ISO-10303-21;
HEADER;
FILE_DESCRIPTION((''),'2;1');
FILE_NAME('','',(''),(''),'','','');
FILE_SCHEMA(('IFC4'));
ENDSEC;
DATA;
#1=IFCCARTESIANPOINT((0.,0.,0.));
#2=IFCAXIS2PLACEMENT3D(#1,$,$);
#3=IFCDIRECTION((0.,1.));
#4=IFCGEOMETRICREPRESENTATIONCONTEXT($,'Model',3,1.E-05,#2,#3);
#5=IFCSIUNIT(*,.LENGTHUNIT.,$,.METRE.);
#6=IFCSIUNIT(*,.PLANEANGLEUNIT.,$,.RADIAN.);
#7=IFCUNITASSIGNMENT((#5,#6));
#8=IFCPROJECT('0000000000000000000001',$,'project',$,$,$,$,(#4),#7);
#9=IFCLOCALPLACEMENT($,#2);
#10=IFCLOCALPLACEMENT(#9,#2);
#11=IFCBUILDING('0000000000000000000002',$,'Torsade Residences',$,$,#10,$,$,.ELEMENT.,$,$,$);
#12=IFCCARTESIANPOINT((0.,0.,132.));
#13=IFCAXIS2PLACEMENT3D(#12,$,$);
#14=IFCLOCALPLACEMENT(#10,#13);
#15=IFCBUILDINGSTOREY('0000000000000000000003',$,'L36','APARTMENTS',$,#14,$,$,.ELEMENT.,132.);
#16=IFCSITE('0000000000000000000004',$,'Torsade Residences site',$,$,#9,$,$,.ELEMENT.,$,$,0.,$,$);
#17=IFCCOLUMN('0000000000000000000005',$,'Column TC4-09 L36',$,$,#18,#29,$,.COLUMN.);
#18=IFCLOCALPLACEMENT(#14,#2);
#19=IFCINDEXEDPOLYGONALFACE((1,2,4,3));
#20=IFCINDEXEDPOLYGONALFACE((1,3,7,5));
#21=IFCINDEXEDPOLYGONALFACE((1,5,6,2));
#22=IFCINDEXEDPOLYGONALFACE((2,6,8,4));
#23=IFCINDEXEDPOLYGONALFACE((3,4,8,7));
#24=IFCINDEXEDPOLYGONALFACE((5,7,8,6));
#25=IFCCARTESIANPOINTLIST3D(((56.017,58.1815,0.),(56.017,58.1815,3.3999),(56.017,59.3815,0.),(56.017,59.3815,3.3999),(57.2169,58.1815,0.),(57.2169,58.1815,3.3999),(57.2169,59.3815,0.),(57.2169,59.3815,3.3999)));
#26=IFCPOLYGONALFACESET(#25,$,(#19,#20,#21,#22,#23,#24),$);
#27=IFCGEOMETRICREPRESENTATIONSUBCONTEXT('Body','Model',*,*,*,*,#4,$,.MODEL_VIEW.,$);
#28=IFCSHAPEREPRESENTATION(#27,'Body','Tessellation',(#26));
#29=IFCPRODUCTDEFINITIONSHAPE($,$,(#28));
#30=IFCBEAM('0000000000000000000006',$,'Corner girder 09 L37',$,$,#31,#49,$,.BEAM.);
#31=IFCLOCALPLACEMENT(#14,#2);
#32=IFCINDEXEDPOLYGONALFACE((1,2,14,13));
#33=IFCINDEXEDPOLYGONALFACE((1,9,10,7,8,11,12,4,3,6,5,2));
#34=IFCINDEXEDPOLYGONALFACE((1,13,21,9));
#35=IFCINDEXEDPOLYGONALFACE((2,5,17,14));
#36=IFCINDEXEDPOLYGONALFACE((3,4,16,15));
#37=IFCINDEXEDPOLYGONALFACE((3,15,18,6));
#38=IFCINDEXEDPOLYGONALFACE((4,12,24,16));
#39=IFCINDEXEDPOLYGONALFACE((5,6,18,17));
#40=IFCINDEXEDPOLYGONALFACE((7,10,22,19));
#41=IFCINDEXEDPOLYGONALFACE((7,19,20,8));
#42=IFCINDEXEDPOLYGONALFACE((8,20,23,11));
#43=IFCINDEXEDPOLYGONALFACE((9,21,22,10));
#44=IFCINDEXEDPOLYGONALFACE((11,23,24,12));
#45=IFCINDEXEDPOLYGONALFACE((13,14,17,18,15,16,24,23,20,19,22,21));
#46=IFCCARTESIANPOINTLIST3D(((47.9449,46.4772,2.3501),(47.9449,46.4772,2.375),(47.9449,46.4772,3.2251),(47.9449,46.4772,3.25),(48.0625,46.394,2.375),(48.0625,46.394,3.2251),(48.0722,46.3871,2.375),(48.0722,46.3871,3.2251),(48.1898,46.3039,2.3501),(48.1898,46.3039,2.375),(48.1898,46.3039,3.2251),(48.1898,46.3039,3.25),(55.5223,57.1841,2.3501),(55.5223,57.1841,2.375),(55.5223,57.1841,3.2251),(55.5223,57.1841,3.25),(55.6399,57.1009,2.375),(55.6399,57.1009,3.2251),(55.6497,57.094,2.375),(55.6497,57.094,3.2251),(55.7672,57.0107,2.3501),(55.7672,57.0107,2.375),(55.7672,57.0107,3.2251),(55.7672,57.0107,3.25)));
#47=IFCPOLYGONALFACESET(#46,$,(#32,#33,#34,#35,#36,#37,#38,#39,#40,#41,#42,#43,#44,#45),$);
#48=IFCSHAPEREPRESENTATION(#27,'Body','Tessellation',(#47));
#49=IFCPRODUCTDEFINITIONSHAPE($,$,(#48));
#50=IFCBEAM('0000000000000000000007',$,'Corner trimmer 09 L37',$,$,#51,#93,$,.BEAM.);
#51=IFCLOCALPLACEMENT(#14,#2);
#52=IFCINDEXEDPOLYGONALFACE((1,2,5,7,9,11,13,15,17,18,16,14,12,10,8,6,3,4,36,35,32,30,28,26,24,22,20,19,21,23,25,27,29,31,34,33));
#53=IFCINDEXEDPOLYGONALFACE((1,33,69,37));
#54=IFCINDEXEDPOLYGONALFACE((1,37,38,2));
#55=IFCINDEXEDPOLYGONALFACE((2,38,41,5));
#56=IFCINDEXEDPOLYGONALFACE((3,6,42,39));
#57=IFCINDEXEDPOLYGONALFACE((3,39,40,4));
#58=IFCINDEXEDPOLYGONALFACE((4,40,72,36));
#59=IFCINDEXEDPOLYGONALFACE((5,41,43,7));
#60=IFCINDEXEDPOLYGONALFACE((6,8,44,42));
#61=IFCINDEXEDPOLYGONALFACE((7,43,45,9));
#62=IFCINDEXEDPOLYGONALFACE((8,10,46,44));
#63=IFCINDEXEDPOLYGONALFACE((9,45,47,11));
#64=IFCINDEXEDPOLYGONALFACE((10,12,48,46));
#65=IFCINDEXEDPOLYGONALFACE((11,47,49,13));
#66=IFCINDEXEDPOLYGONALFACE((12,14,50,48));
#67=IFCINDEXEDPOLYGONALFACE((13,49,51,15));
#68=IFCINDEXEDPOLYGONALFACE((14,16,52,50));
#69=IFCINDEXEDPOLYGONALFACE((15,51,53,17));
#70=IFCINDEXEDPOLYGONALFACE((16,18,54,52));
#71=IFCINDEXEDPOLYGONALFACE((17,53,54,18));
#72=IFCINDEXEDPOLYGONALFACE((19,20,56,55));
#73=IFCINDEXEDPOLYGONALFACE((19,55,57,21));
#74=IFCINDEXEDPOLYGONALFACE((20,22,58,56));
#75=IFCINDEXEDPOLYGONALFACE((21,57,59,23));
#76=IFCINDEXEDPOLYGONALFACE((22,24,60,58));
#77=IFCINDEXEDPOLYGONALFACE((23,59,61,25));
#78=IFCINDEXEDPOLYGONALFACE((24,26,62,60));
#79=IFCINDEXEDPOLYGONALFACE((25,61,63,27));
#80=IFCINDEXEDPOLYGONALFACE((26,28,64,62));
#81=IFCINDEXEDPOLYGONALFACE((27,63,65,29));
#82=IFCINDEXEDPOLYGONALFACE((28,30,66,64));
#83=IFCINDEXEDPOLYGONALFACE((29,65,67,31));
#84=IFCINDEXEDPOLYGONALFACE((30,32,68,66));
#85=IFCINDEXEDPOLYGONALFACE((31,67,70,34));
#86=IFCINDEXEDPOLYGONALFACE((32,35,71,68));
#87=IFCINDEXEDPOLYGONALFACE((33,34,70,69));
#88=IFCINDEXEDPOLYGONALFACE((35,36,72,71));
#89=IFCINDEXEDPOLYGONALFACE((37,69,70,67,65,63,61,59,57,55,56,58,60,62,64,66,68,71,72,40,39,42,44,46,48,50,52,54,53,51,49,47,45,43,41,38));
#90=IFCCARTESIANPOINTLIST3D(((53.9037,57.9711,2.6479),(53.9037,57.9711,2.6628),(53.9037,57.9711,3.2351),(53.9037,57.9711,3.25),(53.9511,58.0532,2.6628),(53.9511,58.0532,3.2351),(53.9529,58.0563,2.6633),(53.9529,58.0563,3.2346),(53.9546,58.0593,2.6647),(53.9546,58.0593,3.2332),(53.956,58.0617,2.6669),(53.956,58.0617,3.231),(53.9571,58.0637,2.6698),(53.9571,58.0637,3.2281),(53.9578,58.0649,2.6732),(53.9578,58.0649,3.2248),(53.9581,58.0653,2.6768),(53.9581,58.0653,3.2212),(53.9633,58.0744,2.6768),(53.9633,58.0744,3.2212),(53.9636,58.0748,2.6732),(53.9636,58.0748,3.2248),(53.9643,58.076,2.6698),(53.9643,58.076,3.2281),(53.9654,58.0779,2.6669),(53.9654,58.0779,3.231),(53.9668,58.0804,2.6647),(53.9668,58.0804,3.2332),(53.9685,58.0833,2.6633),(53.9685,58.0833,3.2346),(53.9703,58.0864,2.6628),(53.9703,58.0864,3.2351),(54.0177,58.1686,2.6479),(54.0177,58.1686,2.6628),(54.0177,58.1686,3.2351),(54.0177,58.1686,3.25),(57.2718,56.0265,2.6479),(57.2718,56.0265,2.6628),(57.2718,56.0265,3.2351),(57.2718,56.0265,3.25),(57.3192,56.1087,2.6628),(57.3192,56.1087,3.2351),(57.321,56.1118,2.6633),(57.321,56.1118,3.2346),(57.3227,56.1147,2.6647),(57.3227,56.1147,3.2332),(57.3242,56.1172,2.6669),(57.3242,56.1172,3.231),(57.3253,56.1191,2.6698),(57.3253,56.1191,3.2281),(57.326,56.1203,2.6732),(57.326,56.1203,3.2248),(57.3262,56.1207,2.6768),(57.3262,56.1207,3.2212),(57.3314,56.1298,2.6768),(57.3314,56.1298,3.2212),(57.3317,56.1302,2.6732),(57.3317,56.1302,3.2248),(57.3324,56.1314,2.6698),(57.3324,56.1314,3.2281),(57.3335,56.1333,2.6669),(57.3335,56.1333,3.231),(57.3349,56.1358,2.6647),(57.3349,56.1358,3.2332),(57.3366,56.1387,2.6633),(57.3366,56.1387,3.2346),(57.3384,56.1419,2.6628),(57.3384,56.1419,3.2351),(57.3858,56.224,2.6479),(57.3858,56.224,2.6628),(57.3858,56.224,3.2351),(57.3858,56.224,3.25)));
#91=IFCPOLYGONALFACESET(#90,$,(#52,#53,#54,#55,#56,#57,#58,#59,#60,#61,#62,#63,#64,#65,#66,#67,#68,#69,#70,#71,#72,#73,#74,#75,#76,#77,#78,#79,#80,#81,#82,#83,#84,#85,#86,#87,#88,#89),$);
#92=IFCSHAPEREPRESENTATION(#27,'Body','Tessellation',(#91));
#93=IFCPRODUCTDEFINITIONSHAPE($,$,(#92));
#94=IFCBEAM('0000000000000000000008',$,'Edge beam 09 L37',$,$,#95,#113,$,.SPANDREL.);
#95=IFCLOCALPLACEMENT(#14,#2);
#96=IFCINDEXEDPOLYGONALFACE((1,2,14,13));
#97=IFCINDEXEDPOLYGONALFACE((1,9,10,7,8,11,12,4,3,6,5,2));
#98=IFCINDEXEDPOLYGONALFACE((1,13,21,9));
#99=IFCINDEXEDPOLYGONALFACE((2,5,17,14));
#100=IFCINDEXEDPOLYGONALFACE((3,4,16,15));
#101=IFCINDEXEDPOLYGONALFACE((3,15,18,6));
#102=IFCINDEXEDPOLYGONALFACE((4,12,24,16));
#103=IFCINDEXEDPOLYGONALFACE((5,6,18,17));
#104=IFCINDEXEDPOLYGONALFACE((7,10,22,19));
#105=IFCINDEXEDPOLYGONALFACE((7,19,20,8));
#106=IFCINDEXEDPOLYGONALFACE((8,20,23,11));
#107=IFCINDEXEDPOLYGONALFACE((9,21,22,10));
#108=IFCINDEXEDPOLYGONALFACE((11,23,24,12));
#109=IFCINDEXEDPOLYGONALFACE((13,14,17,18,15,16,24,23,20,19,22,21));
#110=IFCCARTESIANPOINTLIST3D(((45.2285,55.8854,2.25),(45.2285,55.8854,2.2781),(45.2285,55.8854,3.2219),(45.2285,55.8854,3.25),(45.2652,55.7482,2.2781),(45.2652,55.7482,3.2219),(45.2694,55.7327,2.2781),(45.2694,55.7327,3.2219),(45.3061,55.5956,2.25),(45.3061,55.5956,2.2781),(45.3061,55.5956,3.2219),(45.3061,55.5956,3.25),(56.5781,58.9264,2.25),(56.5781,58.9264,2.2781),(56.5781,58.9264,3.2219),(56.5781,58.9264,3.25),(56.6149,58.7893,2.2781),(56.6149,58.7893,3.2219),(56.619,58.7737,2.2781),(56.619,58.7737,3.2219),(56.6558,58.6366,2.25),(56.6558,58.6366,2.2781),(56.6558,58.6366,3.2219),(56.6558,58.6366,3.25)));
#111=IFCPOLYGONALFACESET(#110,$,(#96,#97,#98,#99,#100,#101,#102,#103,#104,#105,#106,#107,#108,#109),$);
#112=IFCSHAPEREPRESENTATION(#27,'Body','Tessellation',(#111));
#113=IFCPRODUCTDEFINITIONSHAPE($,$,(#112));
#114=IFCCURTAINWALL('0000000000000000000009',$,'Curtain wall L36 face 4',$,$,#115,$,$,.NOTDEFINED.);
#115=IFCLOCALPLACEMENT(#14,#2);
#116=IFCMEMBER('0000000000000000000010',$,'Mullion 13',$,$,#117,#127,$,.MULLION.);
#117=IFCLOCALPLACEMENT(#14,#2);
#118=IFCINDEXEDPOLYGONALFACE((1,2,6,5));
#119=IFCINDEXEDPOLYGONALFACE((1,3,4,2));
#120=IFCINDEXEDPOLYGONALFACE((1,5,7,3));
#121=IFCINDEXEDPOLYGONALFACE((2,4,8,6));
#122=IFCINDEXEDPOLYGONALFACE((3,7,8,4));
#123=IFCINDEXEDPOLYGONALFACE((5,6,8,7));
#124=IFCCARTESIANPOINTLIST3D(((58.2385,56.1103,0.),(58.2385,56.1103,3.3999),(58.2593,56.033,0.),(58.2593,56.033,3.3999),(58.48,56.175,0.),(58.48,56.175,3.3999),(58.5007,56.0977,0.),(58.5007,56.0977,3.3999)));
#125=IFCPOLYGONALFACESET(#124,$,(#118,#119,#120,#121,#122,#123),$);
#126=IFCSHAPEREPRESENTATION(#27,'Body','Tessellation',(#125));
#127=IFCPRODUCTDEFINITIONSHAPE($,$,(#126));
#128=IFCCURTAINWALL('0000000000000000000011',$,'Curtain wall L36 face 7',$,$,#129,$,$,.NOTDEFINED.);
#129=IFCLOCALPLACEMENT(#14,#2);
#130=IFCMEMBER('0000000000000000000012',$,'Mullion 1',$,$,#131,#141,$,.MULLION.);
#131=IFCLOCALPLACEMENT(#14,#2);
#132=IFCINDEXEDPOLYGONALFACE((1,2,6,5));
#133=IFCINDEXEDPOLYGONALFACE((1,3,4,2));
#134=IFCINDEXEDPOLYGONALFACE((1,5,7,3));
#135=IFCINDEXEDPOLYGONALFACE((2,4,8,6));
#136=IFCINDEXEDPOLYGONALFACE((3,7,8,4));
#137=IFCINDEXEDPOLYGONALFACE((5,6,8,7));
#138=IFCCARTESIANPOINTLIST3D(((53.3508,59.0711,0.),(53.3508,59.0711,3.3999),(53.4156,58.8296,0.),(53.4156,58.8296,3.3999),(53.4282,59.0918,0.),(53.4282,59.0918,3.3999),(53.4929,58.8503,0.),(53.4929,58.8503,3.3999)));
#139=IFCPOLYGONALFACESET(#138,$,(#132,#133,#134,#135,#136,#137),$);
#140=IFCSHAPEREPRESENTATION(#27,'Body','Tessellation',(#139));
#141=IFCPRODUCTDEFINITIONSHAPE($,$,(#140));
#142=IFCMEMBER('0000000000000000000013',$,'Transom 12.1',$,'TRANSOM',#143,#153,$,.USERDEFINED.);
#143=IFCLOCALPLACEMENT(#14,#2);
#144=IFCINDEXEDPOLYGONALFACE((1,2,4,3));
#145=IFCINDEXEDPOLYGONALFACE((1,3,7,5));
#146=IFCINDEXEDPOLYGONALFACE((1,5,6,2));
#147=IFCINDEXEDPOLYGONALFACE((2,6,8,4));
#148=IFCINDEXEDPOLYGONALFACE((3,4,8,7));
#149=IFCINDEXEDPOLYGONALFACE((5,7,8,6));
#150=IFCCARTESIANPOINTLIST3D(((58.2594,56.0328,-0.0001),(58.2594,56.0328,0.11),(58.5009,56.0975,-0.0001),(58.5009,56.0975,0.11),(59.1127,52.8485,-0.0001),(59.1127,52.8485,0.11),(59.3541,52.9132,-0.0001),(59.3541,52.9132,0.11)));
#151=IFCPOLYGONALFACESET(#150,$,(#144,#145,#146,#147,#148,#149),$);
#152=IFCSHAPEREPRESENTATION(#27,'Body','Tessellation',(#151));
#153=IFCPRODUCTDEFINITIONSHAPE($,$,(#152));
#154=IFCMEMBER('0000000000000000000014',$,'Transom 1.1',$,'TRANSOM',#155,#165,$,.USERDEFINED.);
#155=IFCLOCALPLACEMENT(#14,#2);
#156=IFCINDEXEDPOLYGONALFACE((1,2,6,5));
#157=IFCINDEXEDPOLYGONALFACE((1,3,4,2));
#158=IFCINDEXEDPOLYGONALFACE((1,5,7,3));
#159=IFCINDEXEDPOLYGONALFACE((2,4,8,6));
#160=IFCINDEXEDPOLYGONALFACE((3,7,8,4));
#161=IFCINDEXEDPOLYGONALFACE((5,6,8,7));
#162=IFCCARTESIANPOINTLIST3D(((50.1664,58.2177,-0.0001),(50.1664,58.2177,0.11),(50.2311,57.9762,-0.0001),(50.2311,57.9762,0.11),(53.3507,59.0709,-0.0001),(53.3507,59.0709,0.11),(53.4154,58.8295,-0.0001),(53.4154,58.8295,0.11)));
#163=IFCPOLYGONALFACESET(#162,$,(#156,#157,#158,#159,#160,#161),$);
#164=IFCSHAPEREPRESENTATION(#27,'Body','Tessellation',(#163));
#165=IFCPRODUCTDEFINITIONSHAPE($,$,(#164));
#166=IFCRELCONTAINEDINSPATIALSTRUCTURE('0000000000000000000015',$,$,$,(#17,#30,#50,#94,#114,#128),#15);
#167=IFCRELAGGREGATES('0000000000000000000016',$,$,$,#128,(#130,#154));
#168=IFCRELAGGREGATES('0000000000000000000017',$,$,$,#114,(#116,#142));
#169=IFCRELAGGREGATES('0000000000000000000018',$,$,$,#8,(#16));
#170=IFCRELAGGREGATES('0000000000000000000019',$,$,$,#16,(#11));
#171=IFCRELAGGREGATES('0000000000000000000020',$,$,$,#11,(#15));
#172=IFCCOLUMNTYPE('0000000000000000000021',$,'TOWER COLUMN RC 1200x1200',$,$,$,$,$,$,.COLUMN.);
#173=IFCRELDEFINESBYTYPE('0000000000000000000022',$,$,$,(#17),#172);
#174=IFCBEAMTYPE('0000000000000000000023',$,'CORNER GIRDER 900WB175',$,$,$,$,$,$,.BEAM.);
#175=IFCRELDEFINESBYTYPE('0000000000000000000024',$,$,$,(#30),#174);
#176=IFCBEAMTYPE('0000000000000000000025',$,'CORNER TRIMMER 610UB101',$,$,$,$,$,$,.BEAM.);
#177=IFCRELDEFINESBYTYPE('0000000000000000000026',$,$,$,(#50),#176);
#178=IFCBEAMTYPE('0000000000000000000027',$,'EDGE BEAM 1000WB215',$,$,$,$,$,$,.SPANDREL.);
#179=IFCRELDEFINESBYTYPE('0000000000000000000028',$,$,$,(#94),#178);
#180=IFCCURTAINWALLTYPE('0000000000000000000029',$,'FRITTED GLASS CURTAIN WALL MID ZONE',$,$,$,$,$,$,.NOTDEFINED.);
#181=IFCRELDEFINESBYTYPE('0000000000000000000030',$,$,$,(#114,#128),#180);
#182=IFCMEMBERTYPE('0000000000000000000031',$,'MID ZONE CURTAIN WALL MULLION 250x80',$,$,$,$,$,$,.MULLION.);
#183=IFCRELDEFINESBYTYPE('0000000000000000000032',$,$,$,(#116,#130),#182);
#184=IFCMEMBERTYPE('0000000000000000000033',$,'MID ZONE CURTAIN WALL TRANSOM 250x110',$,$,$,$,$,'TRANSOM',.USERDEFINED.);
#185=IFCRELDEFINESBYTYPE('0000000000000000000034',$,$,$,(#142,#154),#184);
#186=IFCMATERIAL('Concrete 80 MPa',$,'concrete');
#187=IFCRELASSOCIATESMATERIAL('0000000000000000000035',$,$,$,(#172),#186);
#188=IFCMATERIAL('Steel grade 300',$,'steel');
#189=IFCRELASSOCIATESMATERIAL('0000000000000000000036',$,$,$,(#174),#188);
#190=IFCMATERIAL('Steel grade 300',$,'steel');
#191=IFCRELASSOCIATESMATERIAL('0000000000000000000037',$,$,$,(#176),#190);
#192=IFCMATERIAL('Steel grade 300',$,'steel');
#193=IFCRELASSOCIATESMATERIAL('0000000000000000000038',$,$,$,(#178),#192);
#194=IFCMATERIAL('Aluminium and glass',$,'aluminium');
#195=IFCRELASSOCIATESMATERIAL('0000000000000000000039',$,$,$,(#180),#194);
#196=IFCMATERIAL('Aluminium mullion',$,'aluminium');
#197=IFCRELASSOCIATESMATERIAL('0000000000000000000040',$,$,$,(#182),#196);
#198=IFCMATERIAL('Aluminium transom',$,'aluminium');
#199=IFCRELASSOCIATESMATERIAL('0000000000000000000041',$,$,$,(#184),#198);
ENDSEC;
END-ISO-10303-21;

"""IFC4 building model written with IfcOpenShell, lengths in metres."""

from ifc_helpers import new_model, si_unit, direction, frame, origin, origin_2d, place, context, subcontext, project, spatial, rectangle, i_section, extrude, material, material_profile, profile_set, type_object, element, aggregate, save


model = new_model("IFC4")

# Units and contexts
model_context = context("Model", 3, precision=1e-05, world=origin(), true_north=direction((0.0, 1.0)))
body_context = subcontext(model_context, "Body", "Model", "MODEL_VIEW")
ifc_project = project(units=[si_unit("LENGTHUNIT", "METRE"), si_unit("PLANEANGLEUNIT", "RADIAN")], contexts=[model_context])

# Site, building, storey
site_placement = place(None, origin())
site = spatial("IfcSite", under=ifc_project, at=site_placement, Name="Torsade Residences site", CompositionType="ELEMENT", RefElevation=0.0)
building_placement = place(site_placement, origin())
building = spatial("IfcBuilding", under=site, at=building_placement, Name="Torsade Residences", CompositionType="ELEMENT")
storey_placement = place(building_placement, frame((0.0, 0.0, 132.0)))
storey = spatial("IfcBuildingStorey", under=building, at=storey_placement, Name="L36", Description="APARTMENTS", CompositionType="ELEMENT", Elevation=132.0)

# Column
ifc_material_1 = material(Name="Concrete 80 MPa", Category="concrete")
ifc_material_profile_1 = material_profile(ifc_material_1, rectangle(XDim=1.2, YDim=1.2, at=origin_2d()), Name="RC 1200x1200")
ifc_profile_set_1 = profile_set([ifc_material_profile_1], Name="Concrete 80 MPa")
column_type = type_object("IfcColumnType", Name="TOWER COLUMN RC 1200x1200", PredefinedType="COLUMN", material=ifc_profile_set_1)
column_placement = place(storey_placement, frame((56.6169, 58.7815, 0.0), z_axis=(0.0, 0.0, 1.0), x_axis=(1.0, 0.0, 0.0)))
element("IfcColumn", 1, at=column_placement, inside=storey, type_object=column_type, Name="Column TC4-09 L36", PredefinedType="COLUMN", context=body_context, shape_type="SweptSolid", body=[
    extrude(rectangle(XDim=1.2, YDim=1.2, at=origin_2d()), origin(), (0.0, 0.0, 1.0), 3.3999),
])

# Beams
ifc_material_2 = material(Name="Steel grade 300", Category="steel")
ifc_material_profile_2 = material_profile(ifc_material_2, i_section(OverallWidth=0.3, OverallDepth=0.8999, WebThickness=0.012, FlangeThickness=0.0249, at=origin_2d()), Name="900WB175")
ifc_profile_set_2 = profile_set([ifc_material_profile_2], Name="Steel grade 300")
beam_type_1 = type_object("IfcBeamType", Name="CORNER GIRDER 900WB175", PredefinedType="BEAM", material=ifc_profile_set_2)
beam_1_placement = place(storey_placement, frame((55.6448, 57.0974, 2.8), z_axis=(-0.577683, -0.816261, 0.0), x_axis=(0.816261, -0.577683, 0.0)))
element("IfcBeam", 2, at=beam_1_placement, inside=storey, type_object=beam_type_1, Name="Corner girder 09 L37", PredefinedType="BEAM", context=body_context, shape_type="SweptSolid", body=[
    extrude(i_section(OverallWidth=0.3, OverallDepth=0.8999, WebThickness=0.012, FlangeThickness=0.0249, at=origin_2d()), origin(), (0.0, 0.0, 1.0), 13.1169),
])
ifc_material_3 = material(Name="Steel grade 300", Category="steel")
ifc_material_profile_3 = material_profile(ifc_material_3, i_section(OverallWidth=0.228, OverallDepth=0.6021, WebThickness=0.0105, FlangeThickness=0.0149, FilletRadius=0.0139, at=origin_2d()), Name="610UB101")
ifc_profile_set_3 = profile_set([ifc_material_profile_3], Name="Steel grade 300")
beam_type_2 = type_object("IfcBeamType", Name="CORNER TRIMMER 610UB101", PredefinedType="BEAM", material=ifc_profile_set_3)
beam_2_placement = place(storey_placement, frame((53.9607, 58.0698, 2.949), z_axis=(0.866029, -0.499994, 0.0), x_axis=(0.499994, 0.866029, 0.0)))
element("IfcBeam", 3, at=beam_2_placement, inside=storey, type_object=beam_type_2, Name="Corner trimmer 09 L37", PredefinedType="BEAM", context=body_context, shape_type="SweptSolid", body=[
    extrude(i_section(OverallWidth=0.228, OverallDepth=0.6021, WebThickness=0.0105, FlangeThickness=0.0149, FilletRadius=0.0139, at=origin_2d()), origin(), (0.0, 0.0, 1.0), 3.8892),
])
ifc_material_4 = material(Name="Steel grade 300", Category="steel")
ifc_material_profile_4 = material_profile(ifc_material_4, i_section(OverallWidth=0.3, OverallDepth=1.0, WebThickness=0.0161, FlangeThickness=0.0281, at=origin_2d()), Name="1000WB215")
ifc_profile_set_4 = profile_set([ifc_material_profile_4], Name="Steel grade 300")
beam_type_3 = type_object("IfcBeamType", Name="EDGE BEAM 1000WB215", PredefinedType="SPANDREL", material=ifc_profile_set_4)
beam_3_placement = place(storey_placement, frame((56.6169, 58.7815, 2.75), z_axis=(-0.965928, -0.258811, 0.0), x_axis=(0.258811, -0.965928, 0.0)))
element("IfcBeam", 4, at=beam_3_placement, inside=storey, type_object=beam_type_3, Name="Edge beam 09 L37", PredefinedType="SPANDREL", context=body_context, shape_type="SweptSolid", body=[
    extrude(i_section(OverallWidth=0.3, OverallDepth=1.0, WebThickness=0.0161, FlangeThickness=0.0281, at=origin_2d()), origin(), (0.0, 0.0, 1.0), 11.75),
])

# Curtain walls, members
ifc_material_5 = material(Name="Aluminium and glass", Category="aluminium")
curtain_wall_type = type_object("IfcCurtainWallType", Name="FRITTED GLASS CURTAIN WALL MID ZONE", PredefinedType="NOTDEFINED", material=ifc_material_5)
curtain_wall_1_placement = place(storey_placement, origin())
curtain_wall_1 = element("IfcCurtainWall", 5, at=curtain_wall_1_placement, inside=storey, type_object=curtain_wall_type, Name="Curtain wall L36 face 4", PredefinedType="NOTDEFINED")
ifc_material_6 = material(Name="Aluminium mullion", Category="aluminium")
ifc_material_profile_5 = material_profile(ifc_material_6, rectangle(XDim=0.25, YDim=0.0801, at=origin_2d()), Name="MID ZONE CURTAIN WALL MULLION 250x80")
ifc_profile_set_5 = profile_set([ifc_material_profile_5], Name="Aluminium mullion")
member_type_1 = type_object("IfcMemberType", Name="MID ZONE CURTAIN WALL MULLION 250x80", PredefinedType="MULLION", material=ifc_profile_set_5)
member_1_placement = place(storey_placement, frame((58.3696, 56.104, 0.0), z_axis=(0.0, 0.0, 1.0), x_axis=(-0.965926, -0.258819, 0.0)))
member_1 = element("IfcMember", 6, at=member_1_placement, type_object=member_type_1, Name="Mullion 13", PredefinedType="MULLION", context=body_context, shape_type="SweptSolid", body=[
    extrude(rectangle(XDim=0.25, YDim=0.0801, at=origin_2d()), origin(), (0.0, 0.0, 1.0), 3.3999),
])
curtain_wall_2_placement = place(storey_placement, origin())
curtain_wall_2 = element("IfcCurtainWall", 7, at=curtain_wall_2_placement, inside=storey, type_object=curtain_wall_type, Name="Curtain wall L36 face 7", PredefinedType="NOTDEFINED")
member_2_placement = place(storey_placement, frame((53.4219, 58.9607, 0.0), z_axis=(0.0, 0.0, 1.0), x_axis=(0.258819, -0.965926, 0.0)))
member_2 = element("IfcMember", 8, at=member_2_placement, type_object=member_type_1, Name="Mullion 1", PredefinedType="MULLION", context=body_context, shape_type="SweptSolid", body=[
    extrude(rectangle(XDim=0.25, YDim=0.0801, at=origin_2d()), origin(), (0.0, 0.0, 1.0), 3.3999),
])

# Members
ifc_material_7 = material(Name="Aluminium transom", Category="aluminium")
ifc_material_profile_6 = material_profile(ifc_material_7, rectangle(XDim=0.25, YDim=0.1101, at=origin_2d()), Name="MID ZONE CURTAIN WALL TRANSOM 250x110")
ifc_profile_set_6 = profile_set([ifc_material_profile_6], Name="Aluminium transom")
member_type_2 = type_object("IfcMemberType", Name="MID ZONE CURTAIN WALL TRANSOM 250x110", ElementType="TRANSOM", PredefinedType="USERDEFINED", material=ifc_profile_set_6)
member_3_placement = place(storey_placement, frame((59.2334, 52.8809, 0.0549), z_axis=(-0.258829, 0.965923, 0.0), x_axis=(-0.965923, -0.258829, 0.0)))
member_3 = element("IfcMember", 9, at=member_3_placement, type_object=member_type_2, Name="Transom 12.1", ObjectType="TRANSOM", PredefinedType="USERDEFINED", context=body_context, shape_type="SweptSolid", body=[
    extrude(rectangle(XDim=0.25, YDim=0.1101, at=origin_2d()), origin(), (0.0, 0.0, 1.0), 3.2966),
])
member_4_placement = place(storey_placement, frame((53.3831, 58.9502, 0.0549), z_axis=(-0.965923, -0.258829, 0.0), x_axis=(0.258829, -0.965923, 0.0)))
member_4 = element("IfcMember", 10, at=member_4_placement, type_object=member_type_2, Name="Transom 1.1", ObjectType="TRANSOM", PredefinedType="USERDEFINED", context=body_context, shape_type="SweptSolid", body=[
    extrude(rectangle(XDim=0.25, YDim=0.1101, at=origin_2d()), origin(), (0.0, 0.0, 1.0), 3.2966),
])
aggregate(curtain_wall_2, [member_2, member_4])

aggregate(curtain_wall_1, [member_1, member_3])

save(model, "model.ifc")
